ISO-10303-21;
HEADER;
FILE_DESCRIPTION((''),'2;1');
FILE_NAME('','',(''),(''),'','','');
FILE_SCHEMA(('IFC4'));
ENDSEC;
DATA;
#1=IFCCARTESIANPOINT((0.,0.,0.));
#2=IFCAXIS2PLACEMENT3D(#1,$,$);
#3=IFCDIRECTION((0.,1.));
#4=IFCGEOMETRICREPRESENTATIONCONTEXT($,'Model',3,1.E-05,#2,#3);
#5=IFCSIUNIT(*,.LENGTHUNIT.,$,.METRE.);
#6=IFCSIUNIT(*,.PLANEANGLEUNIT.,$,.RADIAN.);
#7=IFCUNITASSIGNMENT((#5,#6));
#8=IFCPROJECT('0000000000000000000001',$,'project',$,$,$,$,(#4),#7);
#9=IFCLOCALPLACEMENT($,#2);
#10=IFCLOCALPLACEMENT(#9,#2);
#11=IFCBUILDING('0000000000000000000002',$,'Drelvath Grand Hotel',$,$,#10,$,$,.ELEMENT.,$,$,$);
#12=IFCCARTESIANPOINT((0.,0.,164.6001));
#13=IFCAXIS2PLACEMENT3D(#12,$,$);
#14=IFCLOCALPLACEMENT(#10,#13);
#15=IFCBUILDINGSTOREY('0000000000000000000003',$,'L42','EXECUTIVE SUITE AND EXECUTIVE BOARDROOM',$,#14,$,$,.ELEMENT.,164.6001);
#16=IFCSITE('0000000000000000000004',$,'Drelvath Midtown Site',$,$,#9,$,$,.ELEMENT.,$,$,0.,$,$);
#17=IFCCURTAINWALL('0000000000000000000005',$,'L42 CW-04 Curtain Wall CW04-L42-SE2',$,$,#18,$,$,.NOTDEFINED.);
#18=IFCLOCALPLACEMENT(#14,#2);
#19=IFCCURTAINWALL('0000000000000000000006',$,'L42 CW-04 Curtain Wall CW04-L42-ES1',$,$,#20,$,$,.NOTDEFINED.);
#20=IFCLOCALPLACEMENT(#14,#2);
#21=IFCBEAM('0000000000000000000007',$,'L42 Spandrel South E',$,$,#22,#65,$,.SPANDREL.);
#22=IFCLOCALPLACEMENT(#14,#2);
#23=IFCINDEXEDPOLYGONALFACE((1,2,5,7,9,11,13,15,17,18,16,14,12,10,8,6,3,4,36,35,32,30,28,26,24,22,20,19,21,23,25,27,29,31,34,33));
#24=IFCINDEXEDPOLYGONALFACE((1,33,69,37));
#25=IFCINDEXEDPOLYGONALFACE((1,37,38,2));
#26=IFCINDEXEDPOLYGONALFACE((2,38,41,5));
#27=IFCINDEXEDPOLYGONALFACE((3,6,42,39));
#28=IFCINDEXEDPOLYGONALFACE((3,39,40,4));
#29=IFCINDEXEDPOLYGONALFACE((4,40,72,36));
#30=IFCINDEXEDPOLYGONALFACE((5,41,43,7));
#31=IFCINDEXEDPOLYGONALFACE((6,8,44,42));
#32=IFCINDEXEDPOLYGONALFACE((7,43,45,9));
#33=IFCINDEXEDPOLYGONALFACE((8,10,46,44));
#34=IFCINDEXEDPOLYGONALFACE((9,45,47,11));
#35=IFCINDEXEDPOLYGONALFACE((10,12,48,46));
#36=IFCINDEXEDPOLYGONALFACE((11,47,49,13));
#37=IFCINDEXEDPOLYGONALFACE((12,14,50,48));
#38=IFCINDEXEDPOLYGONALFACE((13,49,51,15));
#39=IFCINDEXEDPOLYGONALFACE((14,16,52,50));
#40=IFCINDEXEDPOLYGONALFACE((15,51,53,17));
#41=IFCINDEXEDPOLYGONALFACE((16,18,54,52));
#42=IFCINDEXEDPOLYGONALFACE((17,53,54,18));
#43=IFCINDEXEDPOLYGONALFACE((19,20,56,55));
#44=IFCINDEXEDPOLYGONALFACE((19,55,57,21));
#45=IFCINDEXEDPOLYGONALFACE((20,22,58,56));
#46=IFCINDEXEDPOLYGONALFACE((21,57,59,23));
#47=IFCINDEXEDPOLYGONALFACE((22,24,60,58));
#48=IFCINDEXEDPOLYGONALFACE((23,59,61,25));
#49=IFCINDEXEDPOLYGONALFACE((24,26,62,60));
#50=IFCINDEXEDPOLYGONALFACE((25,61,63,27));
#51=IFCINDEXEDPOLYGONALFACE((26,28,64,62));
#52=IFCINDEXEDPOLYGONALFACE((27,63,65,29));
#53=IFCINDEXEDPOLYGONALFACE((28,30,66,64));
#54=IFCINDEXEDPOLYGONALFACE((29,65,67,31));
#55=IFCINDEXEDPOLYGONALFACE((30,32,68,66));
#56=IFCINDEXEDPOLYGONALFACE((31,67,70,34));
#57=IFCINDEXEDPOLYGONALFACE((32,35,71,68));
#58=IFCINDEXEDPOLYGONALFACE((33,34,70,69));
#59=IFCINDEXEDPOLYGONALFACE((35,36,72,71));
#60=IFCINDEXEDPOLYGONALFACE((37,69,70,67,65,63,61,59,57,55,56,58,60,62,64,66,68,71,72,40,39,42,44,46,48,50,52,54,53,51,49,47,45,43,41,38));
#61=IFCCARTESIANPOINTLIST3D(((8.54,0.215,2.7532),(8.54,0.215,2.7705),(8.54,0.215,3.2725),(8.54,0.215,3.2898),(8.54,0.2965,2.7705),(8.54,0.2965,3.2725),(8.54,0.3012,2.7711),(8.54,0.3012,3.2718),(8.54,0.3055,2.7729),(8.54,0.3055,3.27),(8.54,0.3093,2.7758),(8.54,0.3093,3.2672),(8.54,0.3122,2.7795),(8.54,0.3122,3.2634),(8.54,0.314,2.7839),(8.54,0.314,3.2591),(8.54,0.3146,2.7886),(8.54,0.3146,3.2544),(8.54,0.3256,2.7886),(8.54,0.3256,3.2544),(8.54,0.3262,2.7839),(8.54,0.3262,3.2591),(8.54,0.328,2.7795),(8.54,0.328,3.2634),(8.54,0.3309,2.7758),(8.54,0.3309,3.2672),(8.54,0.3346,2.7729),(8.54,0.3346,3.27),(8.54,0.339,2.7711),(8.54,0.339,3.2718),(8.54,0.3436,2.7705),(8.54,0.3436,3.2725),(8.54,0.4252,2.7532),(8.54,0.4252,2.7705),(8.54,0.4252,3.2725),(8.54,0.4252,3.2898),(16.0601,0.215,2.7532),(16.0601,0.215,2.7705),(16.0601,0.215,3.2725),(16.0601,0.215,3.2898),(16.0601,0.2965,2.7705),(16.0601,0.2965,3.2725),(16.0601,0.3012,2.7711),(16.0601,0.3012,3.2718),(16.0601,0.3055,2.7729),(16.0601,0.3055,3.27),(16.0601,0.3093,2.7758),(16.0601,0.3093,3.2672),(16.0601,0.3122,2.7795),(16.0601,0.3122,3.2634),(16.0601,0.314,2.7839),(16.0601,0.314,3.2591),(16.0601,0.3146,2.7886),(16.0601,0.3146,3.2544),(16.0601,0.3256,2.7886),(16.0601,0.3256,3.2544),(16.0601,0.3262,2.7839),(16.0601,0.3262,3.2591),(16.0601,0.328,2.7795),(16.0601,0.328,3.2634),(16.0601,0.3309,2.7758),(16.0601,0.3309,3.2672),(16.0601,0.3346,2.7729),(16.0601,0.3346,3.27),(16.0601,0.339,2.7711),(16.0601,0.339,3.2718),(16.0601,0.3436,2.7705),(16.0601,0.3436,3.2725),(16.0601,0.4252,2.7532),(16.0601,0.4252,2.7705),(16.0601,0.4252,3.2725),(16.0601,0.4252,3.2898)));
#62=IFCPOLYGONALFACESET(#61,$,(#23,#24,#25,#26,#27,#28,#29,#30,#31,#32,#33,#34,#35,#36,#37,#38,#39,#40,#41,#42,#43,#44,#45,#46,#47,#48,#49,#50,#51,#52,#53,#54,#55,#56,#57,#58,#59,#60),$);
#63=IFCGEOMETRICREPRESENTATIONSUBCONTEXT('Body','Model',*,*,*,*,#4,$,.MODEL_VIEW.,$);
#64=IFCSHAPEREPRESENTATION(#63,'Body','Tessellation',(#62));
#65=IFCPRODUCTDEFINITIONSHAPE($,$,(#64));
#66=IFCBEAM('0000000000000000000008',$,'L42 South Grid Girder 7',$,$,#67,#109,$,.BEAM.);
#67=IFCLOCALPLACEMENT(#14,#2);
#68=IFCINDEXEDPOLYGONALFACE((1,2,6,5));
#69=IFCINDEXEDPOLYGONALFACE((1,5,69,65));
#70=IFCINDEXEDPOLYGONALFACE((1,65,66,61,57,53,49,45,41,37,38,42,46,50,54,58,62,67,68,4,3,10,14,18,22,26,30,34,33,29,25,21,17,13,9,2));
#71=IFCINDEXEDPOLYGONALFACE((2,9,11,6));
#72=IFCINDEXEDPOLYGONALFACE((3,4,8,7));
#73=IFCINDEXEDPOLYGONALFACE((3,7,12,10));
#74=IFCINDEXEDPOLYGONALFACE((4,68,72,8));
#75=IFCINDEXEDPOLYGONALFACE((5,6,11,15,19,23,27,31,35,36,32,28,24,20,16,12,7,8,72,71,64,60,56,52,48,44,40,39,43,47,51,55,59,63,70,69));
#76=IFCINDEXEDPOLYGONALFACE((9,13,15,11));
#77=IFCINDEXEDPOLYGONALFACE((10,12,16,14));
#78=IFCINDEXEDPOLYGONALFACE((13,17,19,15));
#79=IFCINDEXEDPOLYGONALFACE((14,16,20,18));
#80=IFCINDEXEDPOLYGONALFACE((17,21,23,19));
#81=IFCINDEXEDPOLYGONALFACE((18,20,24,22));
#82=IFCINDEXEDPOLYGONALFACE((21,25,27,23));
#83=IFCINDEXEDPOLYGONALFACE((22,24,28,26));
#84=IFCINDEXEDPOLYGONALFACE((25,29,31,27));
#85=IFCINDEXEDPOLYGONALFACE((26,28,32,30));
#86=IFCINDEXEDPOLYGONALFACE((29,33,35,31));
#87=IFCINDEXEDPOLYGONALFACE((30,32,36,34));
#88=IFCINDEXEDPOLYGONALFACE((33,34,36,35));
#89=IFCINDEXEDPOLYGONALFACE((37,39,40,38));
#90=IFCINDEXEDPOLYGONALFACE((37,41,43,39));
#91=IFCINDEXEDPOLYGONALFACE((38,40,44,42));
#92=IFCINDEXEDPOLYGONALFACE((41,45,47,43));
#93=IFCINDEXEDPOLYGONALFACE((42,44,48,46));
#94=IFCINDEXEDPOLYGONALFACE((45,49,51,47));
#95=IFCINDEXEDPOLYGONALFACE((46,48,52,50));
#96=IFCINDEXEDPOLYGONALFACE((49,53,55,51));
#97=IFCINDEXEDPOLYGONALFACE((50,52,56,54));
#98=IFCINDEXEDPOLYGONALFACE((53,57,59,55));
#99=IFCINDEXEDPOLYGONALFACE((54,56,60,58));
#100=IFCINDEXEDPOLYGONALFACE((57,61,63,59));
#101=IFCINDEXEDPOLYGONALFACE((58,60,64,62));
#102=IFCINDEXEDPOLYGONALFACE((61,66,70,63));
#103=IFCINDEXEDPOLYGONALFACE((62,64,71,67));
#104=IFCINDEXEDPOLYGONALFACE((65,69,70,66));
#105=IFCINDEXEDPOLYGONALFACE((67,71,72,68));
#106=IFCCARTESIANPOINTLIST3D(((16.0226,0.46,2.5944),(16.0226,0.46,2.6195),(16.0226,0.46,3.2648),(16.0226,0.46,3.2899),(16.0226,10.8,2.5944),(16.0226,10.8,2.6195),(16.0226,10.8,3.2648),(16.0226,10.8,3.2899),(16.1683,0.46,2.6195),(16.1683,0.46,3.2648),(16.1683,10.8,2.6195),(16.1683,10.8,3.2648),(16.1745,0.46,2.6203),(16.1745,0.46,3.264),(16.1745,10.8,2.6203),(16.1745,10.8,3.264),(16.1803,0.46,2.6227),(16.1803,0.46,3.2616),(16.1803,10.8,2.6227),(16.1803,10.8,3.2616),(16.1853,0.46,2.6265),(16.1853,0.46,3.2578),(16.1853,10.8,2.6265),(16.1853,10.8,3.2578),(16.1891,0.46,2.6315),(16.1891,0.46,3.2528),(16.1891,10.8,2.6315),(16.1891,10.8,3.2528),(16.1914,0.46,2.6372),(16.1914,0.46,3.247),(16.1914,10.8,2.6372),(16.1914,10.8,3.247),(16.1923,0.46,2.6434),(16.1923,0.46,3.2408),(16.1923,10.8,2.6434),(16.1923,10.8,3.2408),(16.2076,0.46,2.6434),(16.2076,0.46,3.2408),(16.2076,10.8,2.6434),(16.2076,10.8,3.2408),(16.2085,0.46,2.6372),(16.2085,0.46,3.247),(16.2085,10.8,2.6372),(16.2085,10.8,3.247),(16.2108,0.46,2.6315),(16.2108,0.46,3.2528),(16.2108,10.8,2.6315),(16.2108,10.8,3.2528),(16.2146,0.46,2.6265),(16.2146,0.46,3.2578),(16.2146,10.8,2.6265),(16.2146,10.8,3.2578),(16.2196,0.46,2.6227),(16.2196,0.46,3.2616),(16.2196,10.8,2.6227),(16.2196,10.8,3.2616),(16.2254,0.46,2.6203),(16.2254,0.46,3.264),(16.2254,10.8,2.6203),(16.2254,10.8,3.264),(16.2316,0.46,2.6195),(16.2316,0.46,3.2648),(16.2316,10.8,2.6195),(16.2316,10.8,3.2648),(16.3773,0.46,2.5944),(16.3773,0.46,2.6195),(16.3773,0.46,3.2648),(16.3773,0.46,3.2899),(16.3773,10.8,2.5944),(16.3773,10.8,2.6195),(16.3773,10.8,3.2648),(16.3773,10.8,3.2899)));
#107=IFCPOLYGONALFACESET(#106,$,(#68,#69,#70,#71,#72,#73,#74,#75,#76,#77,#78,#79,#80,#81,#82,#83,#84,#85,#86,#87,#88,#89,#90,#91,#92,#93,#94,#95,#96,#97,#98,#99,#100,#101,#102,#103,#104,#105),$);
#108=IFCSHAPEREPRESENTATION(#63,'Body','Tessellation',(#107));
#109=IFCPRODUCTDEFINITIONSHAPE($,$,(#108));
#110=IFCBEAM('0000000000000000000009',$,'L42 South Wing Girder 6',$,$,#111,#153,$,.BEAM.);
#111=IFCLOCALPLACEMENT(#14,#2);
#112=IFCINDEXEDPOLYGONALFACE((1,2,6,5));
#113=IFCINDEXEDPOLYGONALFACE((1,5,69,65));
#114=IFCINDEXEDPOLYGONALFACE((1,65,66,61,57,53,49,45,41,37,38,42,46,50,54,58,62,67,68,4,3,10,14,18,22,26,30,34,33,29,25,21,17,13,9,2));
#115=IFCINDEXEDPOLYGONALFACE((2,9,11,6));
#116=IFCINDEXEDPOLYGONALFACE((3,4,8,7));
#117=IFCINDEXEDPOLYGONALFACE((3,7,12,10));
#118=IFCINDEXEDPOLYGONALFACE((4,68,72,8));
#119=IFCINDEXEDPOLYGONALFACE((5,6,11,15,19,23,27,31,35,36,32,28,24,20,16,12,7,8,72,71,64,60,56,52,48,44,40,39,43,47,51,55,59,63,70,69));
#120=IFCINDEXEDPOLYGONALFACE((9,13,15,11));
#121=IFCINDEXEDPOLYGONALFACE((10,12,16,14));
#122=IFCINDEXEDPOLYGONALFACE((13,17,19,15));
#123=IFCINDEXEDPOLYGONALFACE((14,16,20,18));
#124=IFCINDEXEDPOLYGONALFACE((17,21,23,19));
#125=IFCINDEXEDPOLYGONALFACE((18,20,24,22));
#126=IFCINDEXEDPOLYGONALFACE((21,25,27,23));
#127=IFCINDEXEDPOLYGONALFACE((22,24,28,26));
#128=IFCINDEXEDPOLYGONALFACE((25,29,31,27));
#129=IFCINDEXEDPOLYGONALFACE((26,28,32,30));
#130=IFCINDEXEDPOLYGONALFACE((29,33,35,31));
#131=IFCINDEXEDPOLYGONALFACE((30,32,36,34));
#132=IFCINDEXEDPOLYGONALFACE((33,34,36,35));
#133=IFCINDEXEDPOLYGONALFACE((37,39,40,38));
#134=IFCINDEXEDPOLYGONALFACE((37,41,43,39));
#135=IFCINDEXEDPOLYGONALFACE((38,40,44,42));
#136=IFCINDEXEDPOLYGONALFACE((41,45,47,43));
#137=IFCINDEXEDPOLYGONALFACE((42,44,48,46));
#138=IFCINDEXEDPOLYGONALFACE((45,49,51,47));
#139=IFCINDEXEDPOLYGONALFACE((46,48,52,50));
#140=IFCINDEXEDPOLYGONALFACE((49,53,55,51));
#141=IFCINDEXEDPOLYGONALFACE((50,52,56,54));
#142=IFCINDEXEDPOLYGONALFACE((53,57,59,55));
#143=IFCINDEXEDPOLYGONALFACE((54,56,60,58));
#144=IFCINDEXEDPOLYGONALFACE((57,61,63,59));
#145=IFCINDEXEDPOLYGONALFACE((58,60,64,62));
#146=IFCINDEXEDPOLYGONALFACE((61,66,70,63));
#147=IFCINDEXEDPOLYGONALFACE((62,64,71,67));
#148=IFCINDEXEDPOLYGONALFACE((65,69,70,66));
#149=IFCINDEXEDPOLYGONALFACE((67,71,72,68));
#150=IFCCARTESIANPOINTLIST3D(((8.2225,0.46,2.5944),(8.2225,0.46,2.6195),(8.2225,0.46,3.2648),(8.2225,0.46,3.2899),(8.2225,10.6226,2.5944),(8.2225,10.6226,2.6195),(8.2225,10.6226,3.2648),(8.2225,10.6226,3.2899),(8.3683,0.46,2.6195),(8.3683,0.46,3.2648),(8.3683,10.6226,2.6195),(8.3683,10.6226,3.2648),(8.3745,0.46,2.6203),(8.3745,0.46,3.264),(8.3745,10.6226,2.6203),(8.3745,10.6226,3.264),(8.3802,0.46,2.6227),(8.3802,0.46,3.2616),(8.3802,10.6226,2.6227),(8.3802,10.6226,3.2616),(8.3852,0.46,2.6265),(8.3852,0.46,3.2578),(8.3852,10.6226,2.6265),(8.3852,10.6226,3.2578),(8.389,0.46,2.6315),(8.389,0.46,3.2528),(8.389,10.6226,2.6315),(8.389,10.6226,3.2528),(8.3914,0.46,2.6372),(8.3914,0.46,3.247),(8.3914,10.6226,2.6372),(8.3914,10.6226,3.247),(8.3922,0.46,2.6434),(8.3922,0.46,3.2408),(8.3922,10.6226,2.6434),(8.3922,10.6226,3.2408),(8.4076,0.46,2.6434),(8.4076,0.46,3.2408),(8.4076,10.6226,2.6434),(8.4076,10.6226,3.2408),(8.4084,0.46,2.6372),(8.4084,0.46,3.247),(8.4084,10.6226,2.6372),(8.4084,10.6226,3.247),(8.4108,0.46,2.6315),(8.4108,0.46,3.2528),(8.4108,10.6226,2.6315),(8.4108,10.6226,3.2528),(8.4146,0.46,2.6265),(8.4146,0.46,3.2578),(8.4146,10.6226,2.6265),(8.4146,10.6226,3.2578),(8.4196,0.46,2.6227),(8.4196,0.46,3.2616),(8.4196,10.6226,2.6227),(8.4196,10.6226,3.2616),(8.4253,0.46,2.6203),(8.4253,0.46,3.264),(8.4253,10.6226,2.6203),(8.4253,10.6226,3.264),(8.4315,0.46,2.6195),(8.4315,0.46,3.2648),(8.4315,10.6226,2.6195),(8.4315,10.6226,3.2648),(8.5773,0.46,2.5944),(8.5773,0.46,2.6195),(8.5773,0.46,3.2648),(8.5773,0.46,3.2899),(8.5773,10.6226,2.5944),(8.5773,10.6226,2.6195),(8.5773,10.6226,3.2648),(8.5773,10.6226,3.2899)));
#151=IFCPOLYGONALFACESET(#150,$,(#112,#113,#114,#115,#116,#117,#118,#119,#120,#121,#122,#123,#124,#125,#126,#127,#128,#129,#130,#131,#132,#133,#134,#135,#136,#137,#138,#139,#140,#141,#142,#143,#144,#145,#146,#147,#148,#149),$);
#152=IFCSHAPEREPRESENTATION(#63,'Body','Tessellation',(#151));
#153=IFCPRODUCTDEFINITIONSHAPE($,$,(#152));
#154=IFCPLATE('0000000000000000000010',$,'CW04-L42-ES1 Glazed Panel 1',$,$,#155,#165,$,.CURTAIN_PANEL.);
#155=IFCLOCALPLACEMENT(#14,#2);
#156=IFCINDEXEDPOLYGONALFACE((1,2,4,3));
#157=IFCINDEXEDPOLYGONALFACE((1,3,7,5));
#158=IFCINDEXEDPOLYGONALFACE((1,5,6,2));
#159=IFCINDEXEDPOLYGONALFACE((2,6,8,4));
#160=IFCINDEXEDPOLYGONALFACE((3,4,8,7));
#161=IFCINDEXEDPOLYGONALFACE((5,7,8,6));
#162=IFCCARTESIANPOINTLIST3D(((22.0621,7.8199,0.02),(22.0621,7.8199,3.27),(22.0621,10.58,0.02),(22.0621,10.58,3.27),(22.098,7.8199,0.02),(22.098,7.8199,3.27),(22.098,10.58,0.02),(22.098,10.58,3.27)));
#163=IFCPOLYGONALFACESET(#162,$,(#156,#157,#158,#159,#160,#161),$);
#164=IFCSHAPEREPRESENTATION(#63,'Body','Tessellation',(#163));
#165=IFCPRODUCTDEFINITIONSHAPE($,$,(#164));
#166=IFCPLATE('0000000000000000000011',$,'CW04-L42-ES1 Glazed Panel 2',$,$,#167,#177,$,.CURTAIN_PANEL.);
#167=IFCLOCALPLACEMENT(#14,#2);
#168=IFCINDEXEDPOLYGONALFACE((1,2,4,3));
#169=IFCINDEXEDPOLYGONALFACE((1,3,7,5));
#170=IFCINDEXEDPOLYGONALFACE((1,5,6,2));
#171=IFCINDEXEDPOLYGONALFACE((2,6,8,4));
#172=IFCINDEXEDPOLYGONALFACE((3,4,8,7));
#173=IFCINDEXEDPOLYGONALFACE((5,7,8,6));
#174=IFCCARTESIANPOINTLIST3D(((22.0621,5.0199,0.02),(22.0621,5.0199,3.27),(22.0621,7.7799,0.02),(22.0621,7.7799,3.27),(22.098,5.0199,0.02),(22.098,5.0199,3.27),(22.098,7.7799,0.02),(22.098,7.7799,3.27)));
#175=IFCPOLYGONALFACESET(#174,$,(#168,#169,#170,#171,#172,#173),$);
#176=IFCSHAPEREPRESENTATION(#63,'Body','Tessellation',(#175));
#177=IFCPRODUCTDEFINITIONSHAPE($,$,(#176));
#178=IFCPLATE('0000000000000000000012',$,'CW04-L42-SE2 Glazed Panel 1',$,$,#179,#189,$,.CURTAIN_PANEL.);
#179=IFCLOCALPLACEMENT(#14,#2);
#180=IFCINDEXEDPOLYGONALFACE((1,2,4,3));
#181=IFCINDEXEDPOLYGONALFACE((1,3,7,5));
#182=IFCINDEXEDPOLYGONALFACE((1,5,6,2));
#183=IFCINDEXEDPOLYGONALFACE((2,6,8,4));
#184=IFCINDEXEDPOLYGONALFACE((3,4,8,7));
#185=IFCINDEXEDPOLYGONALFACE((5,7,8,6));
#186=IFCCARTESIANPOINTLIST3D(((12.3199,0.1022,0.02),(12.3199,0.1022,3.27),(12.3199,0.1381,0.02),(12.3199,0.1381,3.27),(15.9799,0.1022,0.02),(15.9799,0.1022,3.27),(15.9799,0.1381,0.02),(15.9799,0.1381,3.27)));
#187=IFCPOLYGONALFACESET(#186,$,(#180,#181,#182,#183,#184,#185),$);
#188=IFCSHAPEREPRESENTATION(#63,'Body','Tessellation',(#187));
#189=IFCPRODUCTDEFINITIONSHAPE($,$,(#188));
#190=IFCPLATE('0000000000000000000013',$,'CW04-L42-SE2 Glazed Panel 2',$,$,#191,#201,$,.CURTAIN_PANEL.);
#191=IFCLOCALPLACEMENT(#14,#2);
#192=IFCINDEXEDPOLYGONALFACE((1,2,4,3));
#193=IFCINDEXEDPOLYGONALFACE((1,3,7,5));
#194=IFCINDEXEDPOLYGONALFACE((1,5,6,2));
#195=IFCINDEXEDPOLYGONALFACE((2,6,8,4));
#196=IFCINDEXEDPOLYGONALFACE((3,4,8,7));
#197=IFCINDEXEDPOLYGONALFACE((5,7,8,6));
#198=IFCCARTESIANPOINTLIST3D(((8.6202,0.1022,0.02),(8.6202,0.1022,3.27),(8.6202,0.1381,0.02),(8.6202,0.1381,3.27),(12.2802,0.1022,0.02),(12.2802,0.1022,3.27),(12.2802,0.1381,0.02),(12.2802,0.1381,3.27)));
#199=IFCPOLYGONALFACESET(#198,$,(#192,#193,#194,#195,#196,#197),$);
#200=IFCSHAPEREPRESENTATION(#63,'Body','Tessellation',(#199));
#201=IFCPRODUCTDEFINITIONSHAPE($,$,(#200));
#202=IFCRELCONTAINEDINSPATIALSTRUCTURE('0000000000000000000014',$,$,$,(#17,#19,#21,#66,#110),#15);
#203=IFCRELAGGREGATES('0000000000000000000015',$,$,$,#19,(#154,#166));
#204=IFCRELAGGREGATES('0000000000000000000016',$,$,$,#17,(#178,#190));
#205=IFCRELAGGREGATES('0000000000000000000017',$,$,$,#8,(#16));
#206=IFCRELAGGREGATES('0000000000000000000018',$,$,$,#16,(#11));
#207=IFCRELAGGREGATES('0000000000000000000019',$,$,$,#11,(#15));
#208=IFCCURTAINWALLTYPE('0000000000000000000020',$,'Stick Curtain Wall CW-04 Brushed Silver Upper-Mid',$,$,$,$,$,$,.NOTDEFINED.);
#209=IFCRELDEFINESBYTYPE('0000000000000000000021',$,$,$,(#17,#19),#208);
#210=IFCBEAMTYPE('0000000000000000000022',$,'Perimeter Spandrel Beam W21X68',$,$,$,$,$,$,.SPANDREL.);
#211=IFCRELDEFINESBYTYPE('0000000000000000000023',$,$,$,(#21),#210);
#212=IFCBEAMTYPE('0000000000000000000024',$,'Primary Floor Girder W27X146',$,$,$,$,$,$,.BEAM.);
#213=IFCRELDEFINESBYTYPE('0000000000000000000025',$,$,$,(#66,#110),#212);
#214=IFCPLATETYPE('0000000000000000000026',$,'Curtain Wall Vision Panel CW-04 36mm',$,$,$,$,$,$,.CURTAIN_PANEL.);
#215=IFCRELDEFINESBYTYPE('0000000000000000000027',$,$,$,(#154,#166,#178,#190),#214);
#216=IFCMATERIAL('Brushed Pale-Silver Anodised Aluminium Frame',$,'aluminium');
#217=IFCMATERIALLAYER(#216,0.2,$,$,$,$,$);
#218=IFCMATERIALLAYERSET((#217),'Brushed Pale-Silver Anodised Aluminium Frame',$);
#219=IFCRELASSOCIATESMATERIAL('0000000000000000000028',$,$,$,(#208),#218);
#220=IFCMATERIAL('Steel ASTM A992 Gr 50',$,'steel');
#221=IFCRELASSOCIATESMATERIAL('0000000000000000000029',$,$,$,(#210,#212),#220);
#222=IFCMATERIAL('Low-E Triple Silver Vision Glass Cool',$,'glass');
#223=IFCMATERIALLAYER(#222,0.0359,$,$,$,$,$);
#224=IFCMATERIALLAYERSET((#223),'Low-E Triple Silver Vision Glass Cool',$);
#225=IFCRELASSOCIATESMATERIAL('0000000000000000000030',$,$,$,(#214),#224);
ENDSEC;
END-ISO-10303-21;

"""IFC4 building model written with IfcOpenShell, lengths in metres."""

from ifc_helpers import new_model, si_unit, direction, frame, origin, origin_2d, place, context, subcontext, project, spatial, rectangle, i_section, extrude, material, layer, layer_set, material_profile, profile_set, type_object, element, aggregate, save


model = new_model("IFC4")

# Units and contexts
model_context = context("Model", 3, precision=1e-05, world=origin(), true_north=direction((0.0, 1.0)))
body_context = subcontext(model_context, "Body", "Model", "MODEL_VIEW")
ifc_project = project(units=[si_unit("LENGTHUNIT", "METRE"), si_unit("PLANEANGLEUNIT", "RADIAN")], contexts=[model_context])

# Site, building, storey
site_placement = place(None, origin())
site = spatial("IfcSite", under=ifc_project, at=site_placement, Name="Drelvath Midtown Site", CompositionType="ELEMENT", RefElevation=0.0)
building_placement = place(site_placement, origin())
building = spatial("IfcBuilding", under=site, at=building_placement, Name="Drelvath Grand Hotel", CompositionType="ELEMENT")
storey_placement = place(building_placement, frame((0.0, 0.0, 164.6001)))
storey = spatial("IfcBuildingStorey", under=building, at=storey_placement, Name="L42", Description="EXECUTIVE SUITE AND EXECUTIVE BOARDROOM", CompositionType="ELEMENT", Elevation=164.6001)

# Curtain wall
ifc_material_1 = material(Name="Brushed Pale-Silver Anodised Aluminium Frame", Category="aluminium")
ifc_layer_1 = layer(ifc_material_1, 0.2)
ifc_layer_set_1 = layer_set([ifc_layer_1], Name="Brushed Pale-Silver Anodised Aluminium Frame")
curtain_wall_type = type_object("IfcCurtainWallType", Name="Stick Curtain Wall CW-04 Brushed Silver Upper-Mid", PredefinedType="NOTDEFINED", material=ifc_layer_set_1)
curtain_wall_1_placement = place(storey_placement, origin())
curtain_wall_1 = element("IfcCurtainWall", 1, at=curtain_wall_1_placement, inside=storey, type_object=curtain_wall_type, Name="L42 CW-04 Curtain Wall CW04-L42-SE2", PredefinedType="NOTDEFINED")

# Curtain wall
curtain_wall_2_placement = place(storey_placement, origin())
curtain_wall_2 = element("IfcCurtainWall", 2, at=curtain_wall_2_placement, inside=storey, type_object=curtain_wall_type, Name="L42 CW-04 Curtain Wall CW04-L42-ES1", PredefinedType="NOTDEFINED")

# Beams
ifc_material_2 = material(Name="Steel ASTM A992 Gr 50", Category="steel")
ifc_material_profile_1 = material_profile(ifc_material_2, i_section(OverallWidth=0.2102, OverallDepth=0.5366, WebThickness=0.011, FlangeThickness=0.0173, FilletRadius=0.0181, at=origin_2d()), Name="W21X68")
ifc_profile_set_1 = profile_set([ifc_material_profile_1], Name="Steel ASTM A992 Gr 50")
beam_type_1 = type_object("IfcBeamType", Name="Perimeter Spandrel Beam W21X68", PredefinedType="SPANDREL", material=ifc_profile_set_1)
beam_1_placement = place(storey_placement, frame((8.54, 0.3201, 3.0215), z_axis=(1.0, 0.0, 0.0), x_axis=(0.0, 1.0, 0.0)))
element("IfcBeam", 3, at=beam_1_placement, inside=storey, type_object=beam_type_1, Name="L42 Spandrel South E", PredefinedType="SPANDREL", context=body_context, shape_type="SweptSolid", body=[
    extrude(i_section(OverallWidth=0.2102, OverallDepth=0.5366, WebThickness=0.011, FlangeThickness=0.0173, FilletRadius=0.0181, at=origin_2d()), origin(), (0.0, 0.0, 1.0), 7.52),
])
ifc_material_profile_2 = material_profile(ifc_material_2, i_section(OverallWidth=0.3547, OverallDepth=0.6956, WebThickness=0.0154, FlangeThickness=0.0251, FilletRadius=0.0239, at=origin_2d()), Name="W27X146")
ifc_profile_set_2 = profile_set([ifc_material_profile_2], Name="Steel ASTM A992 Gr 50")
beam_type_2 = type_object("IfcBeamType", Name="Primary Floor Girder W27X146", PredefinedType="BEAM", material=ifc_profile_set_2)
beam_2_placement = place(storey_placement, frame((16.2, 0.46, 2.9421), z_axis=(0.0, 1.0, 0.0), x_axis=(-1.0, 0.0, 0.0)))
element("IfcBeam", 4, at=beam_2_placement, inside=storey, type_object=beam_type_2, Name="L42 South Grid Girder 7", PredefinedType="BEAM", context=body_context, shape_type="SweptSolid", body=[
    extrude(i_section(OverallWidth=0.3547, OverallDepth=0.6956, WebThickness=0.0154, FlangeThickness=0.0251, FilletRadius=0.0239, at=origin_2d()), origin(), (0.0, 0.0, 1.0), 10.3401),
])
beam_3_placement = place(storey_placement, frame((8.3999, 0.46, 2.9421), z_axis=(0.0, 1.0, 0.0), x_axis=(-1.0, 0.0, 0.0)))
element("IfcBeam", 5, at=beam_3_placement, inside=storey, type_object=beam_type_2, Name="L42 South Wing Girder 6", PredefinedType="BEAM", context=body_context, shape_type="SweptSolid", body=[
    extrude(i_section(OverallWidth=0.3547, OverallDepth=0.6956, WebThickness=0.0154, FlangeThickness=0.0251, FilletRadius=0.0239, at=origin_2d()), origin(), (0.0, 0.0, 1.0), 10.1626),
])

# Plates
ifc_material_3 = material(Name="Low-E Triple Silver Vision Glass Cool", Category="glass")
ifc_layer_2 = layer(ifc_material_3, 0.0359)
ifc_layer_set_2 = layer_set([ifc_layer_2], Name="Low-E Triple Silver Vision Glass Cool")
plate_type = type_object("IfcPlateType", Name="Curtain Wall Vision Panel CW-04 36mm", PredefinedType="CURTAIN_PANEL", material=ifc_layer_set_2)
plate_1_placement = place(storey_placement, frame((22.0801, 9.2, 0.02), z_axis=(0.0, 0.0, 1.0), x_axis=(0.0, -1.0, 0.0)))
plate_1 = element("IfcPlate", 6, at=plate_1_placement, type_object=plate_type, Name="CW04-L42-ES1 Glazed Panel 1", PredefinedType="CURTAIN_PANEL", context=body_context, shape_type="SweptSolid", body=[
    extrude(rectangle(XDim=2.76, YDim=0.0359, at=origin_2d()), origin(), (0.0, 0.0, 1.0), 3.25),
])
plate_2_placement = place(storey_placement, frame((22.0801, 6.3999, 0.02), z_axis=(0.0, 0.0, 1.0), x_axis=(0.0, -1.0, 0.0)))
plate_2 = element("IfcPlate", 7, at=plate_2_placement, type_object=plate_type, Name="CW04-L42-ES1 Glazed Panel 2", PredefinedType="CURTAIN_PANEL", context=body_context, shape_type="SweptSolid", body=[
    extrude(rectangle(XDim=2.76, YDim=0.0359, at=origin_2d()), origin(), (0.0, 0.0, 1.0), 3.25),
])
aggregate(curtain_wall_2, [plate_1, plate_2])
plate_3_placement = place(storey_placement, frame((14.1499, 0.1201, 0.02), z_axis=(0.0, 0.0, 1.0), x_axis=(-1.0, 0.0, 0.0)))
plate_3 = element("IfcPlate", 8, at=plate_3_placement, type_object=plate_type, Name="CW04-L42-SE2 Glazed Panel 1", PredefinedType="CURTAIN_PANEL", context=body_context, shape_type="SweptSolid", body=[
    extrude(rectangle(XDim=3.6599, YDim=0.0359, at=origin_2d()), origin(), (0.0, 0.0, 1.0), 3.25),
])
plate_4_placement = place(storey_placement, frame((10.4502, 0.1201, 0.02), z_axis=(0.0, 0.0, 1.0), x_axis=(-1.0, 0.0, 0.0)))
plate_4 = element("IfcPlate", 9, at=plate_4_placement, type_object=plate_type, Name="CW04-L42-SE2 Glazed Panel 2", PredefinedType="CURTAIN_PANEL", context=body_context, shape_type="SweptSolid", body=[
    extrude(rectangle(XDim=3.6599, YDim=0.0359, at=origin_2d()), origin(), (0.0, 0.0, 1.0), 3.25),
])
aggregate(curtain_wall_1, [plate_3, plate_4])

save(model, "model.ifc")
